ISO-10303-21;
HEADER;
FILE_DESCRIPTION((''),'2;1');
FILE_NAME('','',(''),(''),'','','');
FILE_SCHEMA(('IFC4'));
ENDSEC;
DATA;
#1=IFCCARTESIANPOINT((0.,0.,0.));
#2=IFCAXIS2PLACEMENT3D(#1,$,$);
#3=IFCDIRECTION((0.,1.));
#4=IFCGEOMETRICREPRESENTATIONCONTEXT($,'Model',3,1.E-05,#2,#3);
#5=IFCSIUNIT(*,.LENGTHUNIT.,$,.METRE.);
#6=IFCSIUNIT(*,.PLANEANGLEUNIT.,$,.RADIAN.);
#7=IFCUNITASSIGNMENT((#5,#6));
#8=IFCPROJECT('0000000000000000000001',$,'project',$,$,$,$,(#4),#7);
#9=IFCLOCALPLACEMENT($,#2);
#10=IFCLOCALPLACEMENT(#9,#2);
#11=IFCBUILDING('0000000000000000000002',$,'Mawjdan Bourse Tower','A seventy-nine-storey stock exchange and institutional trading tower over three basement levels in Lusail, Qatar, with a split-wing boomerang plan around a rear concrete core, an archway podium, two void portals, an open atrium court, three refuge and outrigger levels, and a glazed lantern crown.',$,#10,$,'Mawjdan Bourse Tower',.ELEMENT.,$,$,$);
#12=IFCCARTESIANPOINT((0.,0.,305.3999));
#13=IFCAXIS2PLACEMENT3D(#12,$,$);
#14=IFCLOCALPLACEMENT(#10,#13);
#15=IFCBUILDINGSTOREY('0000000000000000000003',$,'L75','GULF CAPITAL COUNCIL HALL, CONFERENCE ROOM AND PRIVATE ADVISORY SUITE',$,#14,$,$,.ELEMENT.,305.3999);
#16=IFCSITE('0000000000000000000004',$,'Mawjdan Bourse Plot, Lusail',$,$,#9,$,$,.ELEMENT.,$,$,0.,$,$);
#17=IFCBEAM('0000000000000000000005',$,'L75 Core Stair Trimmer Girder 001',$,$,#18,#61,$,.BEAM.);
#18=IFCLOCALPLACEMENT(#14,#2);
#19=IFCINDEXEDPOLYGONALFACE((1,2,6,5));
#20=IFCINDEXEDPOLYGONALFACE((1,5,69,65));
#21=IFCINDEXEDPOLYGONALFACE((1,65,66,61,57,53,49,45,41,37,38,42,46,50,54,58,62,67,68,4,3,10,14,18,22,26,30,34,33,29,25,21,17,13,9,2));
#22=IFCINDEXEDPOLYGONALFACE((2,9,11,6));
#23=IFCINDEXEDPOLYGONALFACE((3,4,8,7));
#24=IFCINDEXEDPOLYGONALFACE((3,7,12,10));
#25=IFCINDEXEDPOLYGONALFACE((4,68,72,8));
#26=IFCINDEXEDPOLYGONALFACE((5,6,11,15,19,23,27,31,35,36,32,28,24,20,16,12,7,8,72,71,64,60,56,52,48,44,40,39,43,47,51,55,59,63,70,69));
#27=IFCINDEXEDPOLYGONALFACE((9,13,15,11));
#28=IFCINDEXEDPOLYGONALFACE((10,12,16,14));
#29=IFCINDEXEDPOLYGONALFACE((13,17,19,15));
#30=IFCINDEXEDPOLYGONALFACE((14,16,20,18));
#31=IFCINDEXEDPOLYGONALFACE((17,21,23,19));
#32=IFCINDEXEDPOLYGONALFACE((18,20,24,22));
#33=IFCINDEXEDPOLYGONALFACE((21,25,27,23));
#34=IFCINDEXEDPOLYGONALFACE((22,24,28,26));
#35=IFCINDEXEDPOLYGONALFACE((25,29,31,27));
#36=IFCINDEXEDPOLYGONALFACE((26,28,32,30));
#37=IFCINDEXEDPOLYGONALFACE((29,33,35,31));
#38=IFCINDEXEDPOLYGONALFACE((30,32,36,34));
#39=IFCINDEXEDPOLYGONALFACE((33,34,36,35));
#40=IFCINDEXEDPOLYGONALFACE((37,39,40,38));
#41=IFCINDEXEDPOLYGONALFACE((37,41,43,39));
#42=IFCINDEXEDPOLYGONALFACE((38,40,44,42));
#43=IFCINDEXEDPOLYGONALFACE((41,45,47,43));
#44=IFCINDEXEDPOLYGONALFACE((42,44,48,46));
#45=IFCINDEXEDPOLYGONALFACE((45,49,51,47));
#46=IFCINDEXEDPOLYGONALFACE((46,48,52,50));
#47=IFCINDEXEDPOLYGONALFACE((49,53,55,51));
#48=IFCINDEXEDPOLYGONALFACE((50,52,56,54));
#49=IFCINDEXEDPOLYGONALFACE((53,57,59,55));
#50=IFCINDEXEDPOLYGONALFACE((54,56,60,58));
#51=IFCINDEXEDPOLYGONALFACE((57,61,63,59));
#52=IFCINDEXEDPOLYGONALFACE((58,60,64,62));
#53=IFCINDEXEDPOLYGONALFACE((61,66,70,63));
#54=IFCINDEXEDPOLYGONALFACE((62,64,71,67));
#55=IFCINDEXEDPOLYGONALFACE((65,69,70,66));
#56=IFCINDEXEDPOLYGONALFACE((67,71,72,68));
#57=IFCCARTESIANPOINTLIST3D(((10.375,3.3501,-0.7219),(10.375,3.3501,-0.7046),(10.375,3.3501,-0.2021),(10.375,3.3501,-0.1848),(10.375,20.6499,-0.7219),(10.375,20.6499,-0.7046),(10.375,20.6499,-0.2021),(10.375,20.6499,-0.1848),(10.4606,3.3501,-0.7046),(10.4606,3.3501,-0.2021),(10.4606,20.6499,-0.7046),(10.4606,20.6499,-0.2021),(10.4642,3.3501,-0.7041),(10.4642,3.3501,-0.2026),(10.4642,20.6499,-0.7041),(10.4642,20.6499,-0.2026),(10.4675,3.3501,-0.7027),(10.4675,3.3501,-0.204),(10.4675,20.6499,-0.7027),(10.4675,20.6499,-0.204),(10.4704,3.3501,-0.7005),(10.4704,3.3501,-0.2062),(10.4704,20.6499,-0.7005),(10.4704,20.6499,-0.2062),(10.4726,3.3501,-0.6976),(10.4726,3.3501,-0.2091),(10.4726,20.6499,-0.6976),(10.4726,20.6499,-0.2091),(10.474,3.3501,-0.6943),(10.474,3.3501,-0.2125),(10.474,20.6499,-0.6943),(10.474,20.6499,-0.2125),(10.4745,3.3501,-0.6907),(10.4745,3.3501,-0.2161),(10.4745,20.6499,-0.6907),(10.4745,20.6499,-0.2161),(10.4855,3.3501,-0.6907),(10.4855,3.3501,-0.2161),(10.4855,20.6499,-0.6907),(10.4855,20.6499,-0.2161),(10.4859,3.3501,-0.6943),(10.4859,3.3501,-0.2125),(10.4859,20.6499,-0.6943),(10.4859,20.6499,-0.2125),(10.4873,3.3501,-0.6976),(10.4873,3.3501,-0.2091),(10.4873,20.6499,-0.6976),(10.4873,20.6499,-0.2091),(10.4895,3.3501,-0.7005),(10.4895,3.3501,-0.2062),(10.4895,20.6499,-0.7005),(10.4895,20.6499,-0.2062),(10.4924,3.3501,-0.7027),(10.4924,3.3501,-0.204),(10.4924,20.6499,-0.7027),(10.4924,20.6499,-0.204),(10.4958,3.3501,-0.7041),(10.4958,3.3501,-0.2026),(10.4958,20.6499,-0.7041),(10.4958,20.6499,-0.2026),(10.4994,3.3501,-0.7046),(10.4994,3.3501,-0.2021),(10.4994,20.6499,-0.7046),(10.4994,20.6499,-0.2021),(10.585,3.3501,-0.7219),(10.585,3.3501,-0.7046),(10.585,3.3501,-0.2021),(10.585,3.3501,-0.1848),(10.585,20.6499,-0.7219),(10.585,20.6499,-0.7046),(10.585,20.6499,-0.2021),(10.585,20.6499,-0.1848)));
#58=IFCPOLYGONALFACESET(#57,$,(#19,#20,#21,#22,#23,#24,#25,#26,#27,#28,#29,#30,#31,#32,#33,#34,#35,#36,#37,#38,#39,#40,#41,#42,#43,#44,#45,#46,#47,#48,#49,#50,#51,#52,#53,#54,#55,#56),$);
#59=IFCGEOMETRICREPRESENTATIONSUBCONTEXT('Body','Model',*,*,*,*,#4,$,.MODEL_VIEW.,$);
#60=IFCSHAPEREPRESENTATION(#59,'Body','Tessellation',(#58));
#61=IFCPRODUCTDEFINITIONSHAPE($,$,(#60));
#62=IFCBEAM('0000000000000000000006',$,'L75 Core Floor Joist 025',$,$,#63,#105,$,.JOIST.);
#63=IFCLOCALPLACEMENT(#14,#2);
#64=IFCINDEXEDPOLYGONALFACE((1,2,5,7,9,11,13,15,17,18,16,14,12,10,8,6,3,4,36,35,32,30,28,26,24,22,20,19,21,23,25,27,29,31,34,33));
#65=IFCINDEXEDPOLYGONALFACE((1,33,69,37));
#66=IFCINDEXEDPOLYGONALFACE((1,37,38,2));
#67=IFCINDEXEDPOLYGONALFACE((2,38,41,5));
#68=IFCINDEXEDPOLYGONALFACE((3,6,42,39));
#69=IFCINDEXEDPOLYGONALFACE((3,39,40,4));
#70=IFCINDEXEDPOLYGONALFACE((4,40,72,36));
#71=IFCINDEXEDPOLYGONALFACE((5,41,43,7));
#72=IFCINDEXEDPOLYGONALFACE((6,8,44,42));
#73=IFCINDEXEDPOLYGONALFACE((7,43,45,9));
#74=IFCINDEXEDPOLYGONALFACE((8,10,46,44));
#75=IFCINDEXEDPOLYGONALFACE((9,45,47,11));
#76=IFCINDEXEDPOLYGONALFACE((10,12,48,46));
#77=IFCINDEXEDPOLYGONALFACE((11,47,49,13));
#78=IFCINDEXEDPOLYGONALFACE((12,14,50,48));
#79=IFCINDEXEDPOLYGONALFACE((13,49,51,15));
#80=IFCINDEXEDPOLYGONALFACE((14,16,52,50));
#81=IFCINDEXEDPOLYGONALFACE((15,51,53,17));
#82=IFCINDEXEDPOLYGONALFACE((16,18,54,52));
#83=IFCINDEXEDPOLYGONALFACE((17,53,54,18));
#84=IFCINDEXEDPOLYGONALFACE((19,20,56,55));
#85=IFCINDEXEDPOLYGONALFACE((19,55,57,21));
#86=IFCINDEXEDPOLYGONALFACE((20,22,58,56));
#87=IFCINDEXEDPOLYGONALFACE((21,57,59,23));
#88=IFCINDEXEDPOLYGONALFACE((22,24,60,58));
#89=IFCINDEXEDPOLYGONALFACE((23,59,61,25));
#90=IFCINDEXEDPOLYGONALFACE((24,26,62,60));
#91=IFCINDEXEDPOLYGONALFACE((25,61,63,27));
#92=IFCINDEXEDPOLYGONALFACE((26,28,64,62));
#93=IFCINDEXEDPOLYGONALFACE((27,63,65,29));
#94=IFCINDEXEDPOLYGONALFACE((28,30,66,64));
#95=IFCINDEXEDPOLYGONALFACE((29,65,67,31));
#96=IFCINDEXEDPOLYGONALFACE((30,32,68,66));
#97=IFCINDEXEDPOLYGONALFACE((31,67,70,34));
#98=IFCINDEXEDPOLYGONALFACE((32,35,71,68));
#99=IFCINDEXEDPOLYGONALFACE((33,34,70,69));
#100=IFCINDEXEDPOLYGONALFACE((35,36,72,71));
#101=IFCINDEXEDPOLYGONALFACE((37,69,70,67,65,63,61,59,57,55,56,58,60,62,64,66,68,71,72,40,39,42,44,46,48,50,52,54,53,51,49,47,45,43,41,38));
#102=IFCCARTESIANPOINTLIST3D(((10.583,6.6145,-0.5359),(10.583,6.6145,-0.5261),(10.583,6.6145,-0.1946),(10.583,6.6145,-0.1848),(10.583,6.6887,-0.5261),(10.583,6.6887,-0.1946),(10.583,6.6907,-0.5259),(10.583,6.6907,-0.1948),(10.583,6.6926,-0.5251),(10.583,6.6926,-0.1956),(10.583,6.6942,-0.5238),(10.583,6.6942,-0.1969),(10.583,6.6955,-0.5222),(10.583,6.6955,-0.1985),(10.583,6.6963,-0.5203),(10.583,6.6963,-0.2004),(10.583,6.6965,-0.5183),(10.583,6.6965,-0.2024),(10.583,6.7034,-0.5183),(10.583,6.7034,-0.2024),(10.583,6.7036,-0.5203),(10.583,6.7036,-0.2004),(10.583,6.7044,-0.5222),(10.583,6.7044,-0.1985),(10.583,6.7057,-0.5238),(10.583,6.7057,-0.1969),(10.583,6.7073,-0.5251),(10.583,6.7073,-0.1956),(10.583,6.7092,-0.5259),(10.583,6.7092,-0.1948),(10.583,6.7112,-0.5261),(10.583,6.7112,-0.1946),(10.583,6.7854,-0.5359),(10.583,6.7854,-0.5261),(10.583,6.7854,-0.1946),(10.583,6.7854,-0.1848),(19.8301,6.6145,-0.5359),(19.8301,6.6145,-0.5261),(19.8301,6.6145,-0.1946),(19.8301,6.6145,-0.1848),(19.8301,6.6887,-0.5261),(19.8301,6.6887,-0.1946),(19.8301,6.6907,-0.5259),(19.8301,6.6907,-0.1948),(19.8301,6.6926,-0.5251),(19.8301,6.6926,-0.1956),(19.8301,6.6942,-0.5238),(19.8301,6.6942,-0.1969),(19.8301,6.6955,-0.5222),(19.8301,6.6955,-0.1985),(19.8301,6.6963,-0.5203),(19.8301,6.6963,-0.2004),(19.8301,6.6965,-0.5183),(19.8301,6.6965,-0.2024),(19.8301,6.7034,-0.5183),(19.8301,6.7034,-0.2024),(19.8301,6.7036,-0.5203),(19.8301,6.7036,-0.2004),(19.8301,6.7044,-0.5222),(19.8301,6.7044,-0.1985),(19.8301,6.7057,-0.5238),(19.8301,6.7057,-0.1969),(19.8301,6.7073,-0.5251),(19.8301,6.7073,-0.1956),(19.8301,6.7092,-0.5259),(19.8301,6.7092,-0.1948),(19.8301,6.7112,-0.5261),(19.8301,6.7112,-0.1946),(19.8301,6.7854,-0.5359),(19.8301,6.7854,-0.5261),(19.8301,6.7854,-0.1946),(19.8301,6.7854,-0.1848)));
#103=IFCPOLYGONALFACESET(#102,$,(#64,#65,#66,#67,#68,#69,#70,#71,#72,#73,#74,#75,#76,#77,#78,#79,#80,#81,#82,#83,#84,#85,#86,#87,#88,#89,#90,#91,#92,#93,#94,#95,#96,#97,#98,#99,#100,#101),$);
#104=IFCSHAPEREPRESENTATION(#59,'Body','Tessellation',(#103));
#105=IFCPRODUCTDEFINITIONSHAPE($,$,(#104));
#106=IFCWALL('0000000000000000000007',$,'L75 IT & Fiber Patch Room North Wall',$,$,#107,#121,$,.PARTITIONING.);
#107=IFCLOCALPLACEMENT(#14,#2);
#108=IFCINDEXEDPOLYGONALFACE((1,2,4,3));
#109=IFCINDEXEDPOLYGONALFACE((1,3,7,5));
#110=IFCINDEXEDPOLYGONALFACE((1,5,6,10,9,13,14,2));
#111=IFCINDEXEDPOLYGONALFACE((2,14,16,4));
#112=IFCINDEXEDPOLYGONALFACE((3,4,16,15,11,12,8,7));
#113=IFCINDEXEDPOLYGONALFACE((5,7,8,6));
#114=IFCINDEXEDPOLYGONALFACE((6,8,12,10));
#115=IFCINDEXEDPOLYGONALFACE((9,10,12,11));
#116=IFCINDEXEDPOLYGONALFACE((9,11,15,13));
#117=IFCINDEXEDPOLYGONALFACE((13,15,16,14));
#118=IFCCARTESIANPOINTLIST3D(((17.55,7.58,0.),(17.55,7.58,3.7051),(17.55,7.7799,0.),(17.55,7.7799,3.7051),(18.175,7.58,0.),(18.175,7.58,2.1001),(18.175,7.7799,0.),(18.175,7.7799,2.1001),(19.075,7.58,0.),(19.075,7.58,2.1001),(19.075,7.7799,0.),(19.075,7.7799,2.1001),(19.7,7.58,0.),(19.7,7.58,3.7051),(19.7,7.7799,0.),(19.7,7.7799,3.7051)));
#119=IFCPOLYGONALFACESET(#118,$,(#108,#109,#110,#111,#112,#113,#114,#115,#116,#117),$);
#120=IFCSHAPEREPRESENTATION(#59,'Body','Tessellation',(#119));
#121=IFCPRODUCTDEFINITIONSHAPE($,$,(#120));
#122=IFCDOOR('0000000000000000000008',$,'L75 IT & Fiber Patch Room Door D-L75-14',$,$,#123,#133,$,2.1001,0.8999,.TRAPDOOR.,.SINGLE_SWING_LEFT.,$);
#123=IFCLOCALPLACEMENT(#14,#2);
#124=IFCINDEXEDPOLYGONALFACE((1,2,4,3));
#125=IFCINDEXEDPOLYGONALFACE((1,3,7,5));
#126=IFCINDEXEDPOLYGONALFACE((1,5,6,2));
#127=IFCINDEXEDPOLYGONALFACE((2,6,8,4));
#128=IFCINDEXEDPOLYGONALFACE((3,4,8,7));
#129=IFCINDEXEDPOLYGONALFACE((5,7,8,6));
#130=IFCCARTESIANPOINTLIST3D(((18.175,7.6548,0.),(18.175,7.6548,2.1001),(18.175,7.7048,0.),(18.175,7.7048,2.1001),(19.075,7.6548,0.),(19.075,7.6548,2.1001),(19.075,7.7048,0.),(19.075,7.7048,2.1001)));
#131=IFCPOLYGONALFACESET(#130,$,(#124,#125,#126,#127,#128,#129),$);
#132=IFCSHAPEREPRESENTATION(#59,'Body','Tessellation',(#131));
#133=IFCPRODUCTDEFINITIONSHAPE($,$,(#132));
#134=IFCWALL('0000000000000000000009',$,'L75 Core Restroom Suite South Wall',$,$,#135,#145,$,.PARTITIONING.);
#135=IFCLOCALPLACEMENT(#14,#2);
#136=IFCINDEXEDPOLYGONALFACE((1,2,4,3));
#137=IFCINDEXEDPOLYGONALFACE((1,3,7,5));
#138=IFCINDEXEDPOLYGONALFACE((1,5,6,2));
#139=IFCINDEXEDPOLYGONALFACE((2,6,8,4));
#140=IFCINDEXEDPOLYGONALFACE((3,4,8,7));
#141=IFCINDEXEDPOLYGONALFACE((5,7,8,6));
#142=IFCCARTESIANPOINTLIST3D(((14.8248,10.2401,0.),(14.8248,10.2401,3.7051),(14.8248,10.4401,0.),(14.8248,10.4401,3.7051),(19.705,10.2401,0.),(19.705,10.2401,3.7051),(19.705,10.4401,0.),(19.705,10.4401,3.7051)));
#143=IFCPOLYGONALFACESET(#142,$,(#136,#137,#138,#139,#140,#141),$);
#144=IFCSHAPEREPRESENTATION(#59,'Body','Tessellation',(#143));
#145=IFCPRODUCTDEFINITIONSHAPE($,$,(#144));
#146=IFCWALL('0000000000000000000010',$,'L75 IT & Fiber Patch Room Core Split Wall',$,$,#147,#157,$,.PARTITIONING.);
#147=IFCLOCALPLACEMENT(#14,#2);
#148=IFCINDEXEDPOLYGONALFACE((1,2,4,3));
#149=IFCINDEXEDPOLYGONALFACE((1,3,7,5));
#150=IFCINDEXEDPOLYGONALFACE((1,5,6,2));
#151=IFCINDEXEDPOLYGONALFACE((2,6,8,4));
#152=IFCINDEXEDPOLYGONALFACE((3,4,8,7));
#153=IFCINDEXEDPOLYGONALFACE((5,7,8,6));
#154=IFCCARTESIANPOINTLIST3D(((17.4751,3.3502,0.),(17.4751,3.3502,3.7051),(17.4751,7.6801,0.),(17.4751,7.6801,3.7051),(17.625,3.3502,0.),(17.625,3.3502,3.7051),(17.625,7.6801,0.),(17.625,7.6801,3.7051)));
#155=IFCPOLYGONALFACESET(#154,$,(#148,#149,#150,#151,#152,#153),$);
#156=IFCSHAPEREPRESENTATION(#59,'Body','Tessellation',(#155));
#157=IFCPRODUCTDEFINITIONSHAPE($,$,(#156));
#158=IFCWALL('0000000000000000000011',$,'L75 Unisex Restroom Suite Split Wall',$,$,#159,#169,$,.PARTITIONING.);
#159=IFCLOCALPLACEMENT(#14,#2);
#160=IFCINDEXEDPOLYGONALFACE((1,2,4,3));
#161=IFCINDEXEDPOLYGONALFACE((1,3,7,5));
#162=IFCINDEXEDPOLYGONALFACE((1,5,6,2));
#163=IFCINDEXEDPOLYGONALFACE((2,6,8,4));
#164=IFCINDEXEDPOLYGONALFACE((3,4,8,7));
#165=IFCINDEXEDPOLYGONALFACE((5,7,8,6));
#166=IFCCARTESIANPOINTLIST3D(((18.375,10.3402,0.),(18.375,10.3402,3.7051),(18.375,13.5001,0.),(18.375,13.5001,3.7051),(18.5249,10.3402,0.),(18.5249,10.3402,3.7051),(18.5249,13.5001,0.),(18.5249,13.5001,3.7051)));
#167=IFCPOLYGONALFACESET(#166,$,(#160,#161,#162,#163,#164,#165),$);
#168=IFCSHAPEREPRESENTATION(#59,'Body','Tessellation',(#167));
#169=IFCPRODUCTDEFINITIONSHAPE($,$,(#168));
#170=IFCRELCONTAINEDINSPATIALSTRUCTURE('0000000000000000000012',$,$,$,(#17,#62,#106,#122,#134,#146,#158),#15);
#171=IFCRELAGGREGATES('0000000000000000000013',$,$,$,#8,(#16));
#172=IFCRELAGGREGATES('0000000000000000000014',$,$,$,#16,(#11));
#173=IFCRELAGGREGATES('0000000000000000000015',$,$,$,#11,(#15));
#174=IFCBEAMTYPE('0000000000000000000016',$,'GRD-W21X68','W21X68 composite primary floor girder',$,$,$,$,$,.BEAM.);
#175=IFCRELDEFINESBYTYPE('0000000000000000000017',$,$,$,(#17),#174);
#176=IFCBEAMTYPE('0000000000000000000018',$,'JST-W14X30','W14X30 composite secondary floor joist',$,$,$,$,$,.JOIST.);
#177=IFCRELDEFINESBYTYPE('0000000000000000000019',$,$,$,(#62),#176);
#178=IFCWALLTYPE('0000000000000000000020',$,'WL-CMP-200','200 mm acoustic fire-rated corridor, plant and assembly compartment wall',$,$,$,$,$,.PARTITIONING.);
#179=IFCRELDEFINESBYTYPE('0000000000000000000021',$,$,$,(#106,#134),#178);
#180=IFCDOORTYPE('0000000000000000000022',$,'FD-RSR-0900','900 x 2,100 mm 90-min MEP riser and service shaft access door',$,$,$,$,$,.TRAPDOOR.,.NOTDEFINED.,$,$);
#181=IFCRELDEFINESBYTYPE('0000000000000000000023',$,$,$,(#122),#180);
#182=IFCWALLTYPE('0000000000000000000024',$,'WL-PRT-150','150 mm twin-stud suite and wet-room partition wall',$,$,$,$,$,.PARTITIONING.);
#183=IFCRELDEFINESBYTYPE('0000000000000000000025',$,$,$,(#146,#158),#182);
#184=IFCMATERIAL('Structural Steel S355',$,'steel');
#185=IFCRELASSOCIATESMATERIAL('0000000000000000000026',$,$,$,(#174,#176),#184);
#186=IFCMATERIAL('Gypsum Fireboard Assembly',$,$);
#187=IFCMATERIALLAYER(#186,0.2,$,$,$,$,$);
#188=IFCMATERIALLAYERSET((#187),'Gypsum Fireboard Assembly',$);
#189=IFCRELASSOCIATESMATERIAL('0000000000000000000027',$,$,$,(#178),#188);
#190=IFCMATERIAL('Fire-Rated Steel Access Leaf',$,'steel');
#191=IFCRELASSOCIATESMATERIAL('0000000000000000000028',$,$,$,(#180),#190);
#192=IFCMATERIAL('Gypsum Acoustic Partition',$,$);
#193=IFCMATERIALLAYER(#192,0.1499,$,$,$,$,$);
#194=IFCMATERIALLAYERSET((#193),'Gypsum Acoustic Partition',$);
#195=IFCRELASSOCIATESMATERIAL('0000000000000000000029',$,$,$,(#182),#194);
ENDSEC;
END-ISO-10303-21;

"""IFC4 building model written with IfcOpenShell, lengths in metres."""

from ifc_helpers import new_model, si_unit, direction, frame, frame_2d, origin, origin_2d, place, context, subcontext, project, spatial, rectangle, i_section, extrude, material, layer, layer_set, material_profile, profile_set, type_object, element, fill, save


model = new_model("IFC4")

# Units and contexts
model_context = context("Model", 3, precision=1e-05, world=origin(), true_north=direction((0.0, 1.0)))
body_context = subcontext(model_context, "Body", "Model", "MODEL_VIEW")
ifc_project = project(units=[si_unit("LENGTHUNIT", "METRE"), si_unit("PLANEANGLEUNIT", "RADIAN")], contexts=[model_context])

# Site, building, storey
site_placement = place(None, origin())
site = spatial("IfcSite", under=ifc_project, at=site_placement, Name="Mawjdan Bourse Plot, Lusail", CompositionType="ELEMENT", RefElevation=0.0)
building_placement = place(site_placement, origin())
building = spatial("IfcBuilding", under=site, at=building_placement, Name="Mawjdan Bourse Tower", Description="A seventy-nine-storey stock exchange and institutional trading tower over three basement levels in Lusail, Qatar, with a split-wing boomerang plan around a rear concrete core, an archway podium, two void portals, an open atrium court, three refuge and outrigger levels, and a glazed lantern crown.", LongName="Mawjdan Bourse Tower", CompositionType="ELEMENT")
storey_placement = place(building_placement, frame((0.0, 0.0, 305.3999)))
storey = spatial("IfcBuildingStorey", under=building, at=storey_placement, Name="L75", Description="GULF CAPITAL COUNCIL HALL, CONFERENCE ROOM AND PRIVATE ADVISORY SUITE", CompositionType="ELEMENT", Elevation=305.3999)

# Beams
ifc_material_1 = material(Name="Structural Steel S355", Category="steel")
ifc_material_profile_1 = material_profile(ifc_material_1, i_section(OverallWidth=0.21, OverallDepth=0.5371, WebThickness=0.011, FlangeThickness=0.0173, FilletRadius=0.0139, at=origin_2d()), Name="W21X68")
ifc_profile_set_1 = profile_set([ifc_material_profile_1], Name="Structural Steel S355")
beam_type_1 = type_object("IfcBeamType", Name="GRD-W21X68", Description="W21X68 composite primary floor girder", PredefinedType="BEAM", material=ifc_profile_set_1)
beam_1_placement = place(storey_placement, frame((10.48, 3.3501, -0.4534), z_axis=(0.0, 1.0, 0.0), x_axis=(-1.0, 0.0, 0.0)))
element("IfcBeam", 1, at=beam_1_placement, inside=storey, type_object=beam_type_1, Name="L75 Core Stair Trimmer Girder 001", PredefinedType="BEAM", context=body_context, shape_type="SweptSolid", body=[
    extrude(i_section(OverallWidth=0.21, OverallDepth=0.5371, WebThickness=0.011, FlangeThickness=0.0173, FilletRadius=0.0139, at=origin_2d()), origin(), (0.0, 0.0, 1.0), 17.2998),
])
ifc_material_profile_2 = material_profile(ifc_material_1, i_section(OverallWidth=0.1709, OverallDepth=0.3511, WebThickness=0.0068, FlangeThickness=0.0098, FilletRadius=0.0078, at=origin_2d()), Name="W14X30")
ifc_profile_set_2 = profile_set([ifc_material_profile_2], Name="Structural Steel S355")
beam_type_2 = type_object("IfcBeamType", Name="JST-W14X30", Description="W14X30 composite secondary floor joist", PredefinedType="JOIST", material=ifc_profile_set_2)
beam_2_placement = place(storey_placement, frame((10.583, 6.7, -0.3604), z_axis=(1.0, 0.0, 0.0), x_axis=(0.0, 1.0, 0.0)))
element("IfcBeam", 2, at=beam_2_placement, inside=storey, type_object=beam_type_2, Name="L75 Core Floor Joist 025", PredefinedType="JOIST", context=body_context, shape_type="SweptSolid", body=[
    extrude(i_section(OverallWidth=0.1709, OverallDepth=0.3511, WebThickness=0.0068, FlangeThickness=0.0098, FilletRadius=0.0078, at=origin_2d()), origin(), (0.0, 0.0, 1.0), 9.2471),
])

# Wall, opening, door
ifc_material_2 = material(Name="Gypsum Fireboard Assembly")
ifc_layer_1 = layer(ifc_material_2, 0.2)
ifc_layer_set_1 = layer_set([ifc_layer_1], Name="Gypsum Fireboard Assembly")
wall_type_1 = type_object("IfcWallType", Name="WL-CMP-200", Description="200 mm acoustic fire-rated corridor, plant and assembly compartment wall", PredefinedType="PARTITIONING", material=ifc_layer_set_1)
wall_1_placement = place(storey_placement, frame((17.55, 7.6799, 0.0), z_axis=(0.0, 0.0, 1.0), x_axis=(1.0, 0.0, 0.0)))
wall_1 = element("IfcWall", 3, at=wall_1_placement, inside=storey, type_object=wall_type_1, Name="L75 IT & Fiber Patch Room North Wall", PredefinedType="PARTITIONING", context=body_context, shape_type="SweptSolid", body=[
    extrude(rectangle(XDim=2.1499, YDim=0.2, at=frame_2d((1.075, 0.0))), origin(), (0.0, 0.0, 1.0), 3.7051),
])
opening_1_placement = place(wall_1_placement, frame((0.625, 0.0, 0.0)))
opening_1 = element("IfcOpeningElement", 4, at=opening_1_placement, cuts=wall_1, PredefinedType="OPENING", context=body_context, shape_type="SweptSolid", body=[
    extrude(rectangle(XDim=0.8999, YDim=2.1001, at=frame_2d((0.45, 1.05))), frame((0.0, 0.1099, 0.0), z_axis=(0.0, -1.0, 0.0), x_axis=(1.0, 0.0, 0.0)), (0.0, 0.0, 1.0), 0.22),
])
ifc_material_3 = material(Name="Fire-Rated Steel Access Leaf", Category="steel")
door_type_1 = type_object("IfcDoorType", Name="FD-RSR-0900", Description="900 x 2,100 mm 90-min MEP riser and service shaft access door", OperationType="NOTDEFINED", PredefinedType="TRAPDOOR", material=ifc_material_3)
door_1_placement = place(opening_1_placement, origin())
door_1 = element("IfcDoor", 5, at=door_1_placement, inside=storey, type_object=door_type_1, Name="L75 IT & Fiber Patch Room Door D-L75-14", OperationType="SINGLE_SWING_LEFT", OverallHeight=2.1001, OverallWidth=0.8999, PredefinedType="TRAPDOOR", context=body_context, shape_type="SweptSolid", body=[
    extrude(rectangle(XDim=0.8999, YDim=2.1001, at=frame_2d((0.45, 1.05))), frame((0.0, 0.0249, 0.0), z_axis=(0.0, -1.0, 0.0), x_axis=(1.0, 0.0, 0.0)), (0.0, 0.0, 1.0), 0.05),
])
fill(opening_1, door_1)

# Walls
wall_2_placement = place(storey_placement, frame((14.825, 10.3401, 0.0), z_axis=(0.0, 0.0, 1.0), x_axis=(1.0, 0.0, 0.0)))
element("IfcWall", 6, at=wall_2_placement, inside=storey, type_object=wall_type_1, Name="L75 Core Restroom Suite South Wall", PredefinedType="PARTITIONING", context=body_context, shape_type="SweptSolid", body=[
    extrude(rectangle(XDim=4.8801, YDim=0.2, at=frame_2d((2.4399, 0.0))), origin(), (0.0, 0.0, 1.0), 3.7051),
])
ifc_material_4 = material(Name="Gypsum Acoustic Partition")
ifc_layer_2 = layer(ifc_material_4, 0.1499)
ifc_layer_set_2 = layer_set([ifc_layer_2], Name="Gypsum Acoustic Partition")
wall_type_2 = type_object("IfcWallType", Name="WL-PRT-150", Description="150 mm twin-stud suite and wet-room partition wall", PredefinedType="PARTITIONING", material=ifc_layer_set_2)
wall_3_placement = place(storey_placement, frame((17.55, 3.3501, 0.0), z_axis=(0.0, 0.0, 1.0), x_axis=(0.0, 1.0, 0.0)))
element("IfcWall", 7, at=wall_3_placement, inside=storey, type_object=wall_type_2, Name="L75 IT & Fiber Patch Room Core Split Wall", PredefinedType="PARTITIONING", context=body_context, shape_type="SweptSolid", body=[
    extrude(rectangle(XDim=4.3298, YDim=0.1499, at=frame_2d((2.165, 0.0))), origin(), (0.0, 0.0, 1.0), 3.7051),
])
wall_4_placement = place(storey_placement, frame((18.45, 10.3401, 0.0), z_axis=(0.0, 0.0, 1.0), x_axis=(0.0, 1.0, 0.0)))
element("IfcWall", 8, at=wall_4_placement, inside=storey, type_object=wall_type_2, Name="L75 Unisex Restroom Suite Split Wall", PredefinedType="PARTITIONING", context=body_context, shape_type="SweptSolid", body=[
    extrude(rectangle(XDim=3.1599, YDim=0.1499, at=frame_2d((1.5801, 0.0))), origin(), (0.0, 0.0, 1.0), 3.7051),
])

save(model, "model.ifc")
